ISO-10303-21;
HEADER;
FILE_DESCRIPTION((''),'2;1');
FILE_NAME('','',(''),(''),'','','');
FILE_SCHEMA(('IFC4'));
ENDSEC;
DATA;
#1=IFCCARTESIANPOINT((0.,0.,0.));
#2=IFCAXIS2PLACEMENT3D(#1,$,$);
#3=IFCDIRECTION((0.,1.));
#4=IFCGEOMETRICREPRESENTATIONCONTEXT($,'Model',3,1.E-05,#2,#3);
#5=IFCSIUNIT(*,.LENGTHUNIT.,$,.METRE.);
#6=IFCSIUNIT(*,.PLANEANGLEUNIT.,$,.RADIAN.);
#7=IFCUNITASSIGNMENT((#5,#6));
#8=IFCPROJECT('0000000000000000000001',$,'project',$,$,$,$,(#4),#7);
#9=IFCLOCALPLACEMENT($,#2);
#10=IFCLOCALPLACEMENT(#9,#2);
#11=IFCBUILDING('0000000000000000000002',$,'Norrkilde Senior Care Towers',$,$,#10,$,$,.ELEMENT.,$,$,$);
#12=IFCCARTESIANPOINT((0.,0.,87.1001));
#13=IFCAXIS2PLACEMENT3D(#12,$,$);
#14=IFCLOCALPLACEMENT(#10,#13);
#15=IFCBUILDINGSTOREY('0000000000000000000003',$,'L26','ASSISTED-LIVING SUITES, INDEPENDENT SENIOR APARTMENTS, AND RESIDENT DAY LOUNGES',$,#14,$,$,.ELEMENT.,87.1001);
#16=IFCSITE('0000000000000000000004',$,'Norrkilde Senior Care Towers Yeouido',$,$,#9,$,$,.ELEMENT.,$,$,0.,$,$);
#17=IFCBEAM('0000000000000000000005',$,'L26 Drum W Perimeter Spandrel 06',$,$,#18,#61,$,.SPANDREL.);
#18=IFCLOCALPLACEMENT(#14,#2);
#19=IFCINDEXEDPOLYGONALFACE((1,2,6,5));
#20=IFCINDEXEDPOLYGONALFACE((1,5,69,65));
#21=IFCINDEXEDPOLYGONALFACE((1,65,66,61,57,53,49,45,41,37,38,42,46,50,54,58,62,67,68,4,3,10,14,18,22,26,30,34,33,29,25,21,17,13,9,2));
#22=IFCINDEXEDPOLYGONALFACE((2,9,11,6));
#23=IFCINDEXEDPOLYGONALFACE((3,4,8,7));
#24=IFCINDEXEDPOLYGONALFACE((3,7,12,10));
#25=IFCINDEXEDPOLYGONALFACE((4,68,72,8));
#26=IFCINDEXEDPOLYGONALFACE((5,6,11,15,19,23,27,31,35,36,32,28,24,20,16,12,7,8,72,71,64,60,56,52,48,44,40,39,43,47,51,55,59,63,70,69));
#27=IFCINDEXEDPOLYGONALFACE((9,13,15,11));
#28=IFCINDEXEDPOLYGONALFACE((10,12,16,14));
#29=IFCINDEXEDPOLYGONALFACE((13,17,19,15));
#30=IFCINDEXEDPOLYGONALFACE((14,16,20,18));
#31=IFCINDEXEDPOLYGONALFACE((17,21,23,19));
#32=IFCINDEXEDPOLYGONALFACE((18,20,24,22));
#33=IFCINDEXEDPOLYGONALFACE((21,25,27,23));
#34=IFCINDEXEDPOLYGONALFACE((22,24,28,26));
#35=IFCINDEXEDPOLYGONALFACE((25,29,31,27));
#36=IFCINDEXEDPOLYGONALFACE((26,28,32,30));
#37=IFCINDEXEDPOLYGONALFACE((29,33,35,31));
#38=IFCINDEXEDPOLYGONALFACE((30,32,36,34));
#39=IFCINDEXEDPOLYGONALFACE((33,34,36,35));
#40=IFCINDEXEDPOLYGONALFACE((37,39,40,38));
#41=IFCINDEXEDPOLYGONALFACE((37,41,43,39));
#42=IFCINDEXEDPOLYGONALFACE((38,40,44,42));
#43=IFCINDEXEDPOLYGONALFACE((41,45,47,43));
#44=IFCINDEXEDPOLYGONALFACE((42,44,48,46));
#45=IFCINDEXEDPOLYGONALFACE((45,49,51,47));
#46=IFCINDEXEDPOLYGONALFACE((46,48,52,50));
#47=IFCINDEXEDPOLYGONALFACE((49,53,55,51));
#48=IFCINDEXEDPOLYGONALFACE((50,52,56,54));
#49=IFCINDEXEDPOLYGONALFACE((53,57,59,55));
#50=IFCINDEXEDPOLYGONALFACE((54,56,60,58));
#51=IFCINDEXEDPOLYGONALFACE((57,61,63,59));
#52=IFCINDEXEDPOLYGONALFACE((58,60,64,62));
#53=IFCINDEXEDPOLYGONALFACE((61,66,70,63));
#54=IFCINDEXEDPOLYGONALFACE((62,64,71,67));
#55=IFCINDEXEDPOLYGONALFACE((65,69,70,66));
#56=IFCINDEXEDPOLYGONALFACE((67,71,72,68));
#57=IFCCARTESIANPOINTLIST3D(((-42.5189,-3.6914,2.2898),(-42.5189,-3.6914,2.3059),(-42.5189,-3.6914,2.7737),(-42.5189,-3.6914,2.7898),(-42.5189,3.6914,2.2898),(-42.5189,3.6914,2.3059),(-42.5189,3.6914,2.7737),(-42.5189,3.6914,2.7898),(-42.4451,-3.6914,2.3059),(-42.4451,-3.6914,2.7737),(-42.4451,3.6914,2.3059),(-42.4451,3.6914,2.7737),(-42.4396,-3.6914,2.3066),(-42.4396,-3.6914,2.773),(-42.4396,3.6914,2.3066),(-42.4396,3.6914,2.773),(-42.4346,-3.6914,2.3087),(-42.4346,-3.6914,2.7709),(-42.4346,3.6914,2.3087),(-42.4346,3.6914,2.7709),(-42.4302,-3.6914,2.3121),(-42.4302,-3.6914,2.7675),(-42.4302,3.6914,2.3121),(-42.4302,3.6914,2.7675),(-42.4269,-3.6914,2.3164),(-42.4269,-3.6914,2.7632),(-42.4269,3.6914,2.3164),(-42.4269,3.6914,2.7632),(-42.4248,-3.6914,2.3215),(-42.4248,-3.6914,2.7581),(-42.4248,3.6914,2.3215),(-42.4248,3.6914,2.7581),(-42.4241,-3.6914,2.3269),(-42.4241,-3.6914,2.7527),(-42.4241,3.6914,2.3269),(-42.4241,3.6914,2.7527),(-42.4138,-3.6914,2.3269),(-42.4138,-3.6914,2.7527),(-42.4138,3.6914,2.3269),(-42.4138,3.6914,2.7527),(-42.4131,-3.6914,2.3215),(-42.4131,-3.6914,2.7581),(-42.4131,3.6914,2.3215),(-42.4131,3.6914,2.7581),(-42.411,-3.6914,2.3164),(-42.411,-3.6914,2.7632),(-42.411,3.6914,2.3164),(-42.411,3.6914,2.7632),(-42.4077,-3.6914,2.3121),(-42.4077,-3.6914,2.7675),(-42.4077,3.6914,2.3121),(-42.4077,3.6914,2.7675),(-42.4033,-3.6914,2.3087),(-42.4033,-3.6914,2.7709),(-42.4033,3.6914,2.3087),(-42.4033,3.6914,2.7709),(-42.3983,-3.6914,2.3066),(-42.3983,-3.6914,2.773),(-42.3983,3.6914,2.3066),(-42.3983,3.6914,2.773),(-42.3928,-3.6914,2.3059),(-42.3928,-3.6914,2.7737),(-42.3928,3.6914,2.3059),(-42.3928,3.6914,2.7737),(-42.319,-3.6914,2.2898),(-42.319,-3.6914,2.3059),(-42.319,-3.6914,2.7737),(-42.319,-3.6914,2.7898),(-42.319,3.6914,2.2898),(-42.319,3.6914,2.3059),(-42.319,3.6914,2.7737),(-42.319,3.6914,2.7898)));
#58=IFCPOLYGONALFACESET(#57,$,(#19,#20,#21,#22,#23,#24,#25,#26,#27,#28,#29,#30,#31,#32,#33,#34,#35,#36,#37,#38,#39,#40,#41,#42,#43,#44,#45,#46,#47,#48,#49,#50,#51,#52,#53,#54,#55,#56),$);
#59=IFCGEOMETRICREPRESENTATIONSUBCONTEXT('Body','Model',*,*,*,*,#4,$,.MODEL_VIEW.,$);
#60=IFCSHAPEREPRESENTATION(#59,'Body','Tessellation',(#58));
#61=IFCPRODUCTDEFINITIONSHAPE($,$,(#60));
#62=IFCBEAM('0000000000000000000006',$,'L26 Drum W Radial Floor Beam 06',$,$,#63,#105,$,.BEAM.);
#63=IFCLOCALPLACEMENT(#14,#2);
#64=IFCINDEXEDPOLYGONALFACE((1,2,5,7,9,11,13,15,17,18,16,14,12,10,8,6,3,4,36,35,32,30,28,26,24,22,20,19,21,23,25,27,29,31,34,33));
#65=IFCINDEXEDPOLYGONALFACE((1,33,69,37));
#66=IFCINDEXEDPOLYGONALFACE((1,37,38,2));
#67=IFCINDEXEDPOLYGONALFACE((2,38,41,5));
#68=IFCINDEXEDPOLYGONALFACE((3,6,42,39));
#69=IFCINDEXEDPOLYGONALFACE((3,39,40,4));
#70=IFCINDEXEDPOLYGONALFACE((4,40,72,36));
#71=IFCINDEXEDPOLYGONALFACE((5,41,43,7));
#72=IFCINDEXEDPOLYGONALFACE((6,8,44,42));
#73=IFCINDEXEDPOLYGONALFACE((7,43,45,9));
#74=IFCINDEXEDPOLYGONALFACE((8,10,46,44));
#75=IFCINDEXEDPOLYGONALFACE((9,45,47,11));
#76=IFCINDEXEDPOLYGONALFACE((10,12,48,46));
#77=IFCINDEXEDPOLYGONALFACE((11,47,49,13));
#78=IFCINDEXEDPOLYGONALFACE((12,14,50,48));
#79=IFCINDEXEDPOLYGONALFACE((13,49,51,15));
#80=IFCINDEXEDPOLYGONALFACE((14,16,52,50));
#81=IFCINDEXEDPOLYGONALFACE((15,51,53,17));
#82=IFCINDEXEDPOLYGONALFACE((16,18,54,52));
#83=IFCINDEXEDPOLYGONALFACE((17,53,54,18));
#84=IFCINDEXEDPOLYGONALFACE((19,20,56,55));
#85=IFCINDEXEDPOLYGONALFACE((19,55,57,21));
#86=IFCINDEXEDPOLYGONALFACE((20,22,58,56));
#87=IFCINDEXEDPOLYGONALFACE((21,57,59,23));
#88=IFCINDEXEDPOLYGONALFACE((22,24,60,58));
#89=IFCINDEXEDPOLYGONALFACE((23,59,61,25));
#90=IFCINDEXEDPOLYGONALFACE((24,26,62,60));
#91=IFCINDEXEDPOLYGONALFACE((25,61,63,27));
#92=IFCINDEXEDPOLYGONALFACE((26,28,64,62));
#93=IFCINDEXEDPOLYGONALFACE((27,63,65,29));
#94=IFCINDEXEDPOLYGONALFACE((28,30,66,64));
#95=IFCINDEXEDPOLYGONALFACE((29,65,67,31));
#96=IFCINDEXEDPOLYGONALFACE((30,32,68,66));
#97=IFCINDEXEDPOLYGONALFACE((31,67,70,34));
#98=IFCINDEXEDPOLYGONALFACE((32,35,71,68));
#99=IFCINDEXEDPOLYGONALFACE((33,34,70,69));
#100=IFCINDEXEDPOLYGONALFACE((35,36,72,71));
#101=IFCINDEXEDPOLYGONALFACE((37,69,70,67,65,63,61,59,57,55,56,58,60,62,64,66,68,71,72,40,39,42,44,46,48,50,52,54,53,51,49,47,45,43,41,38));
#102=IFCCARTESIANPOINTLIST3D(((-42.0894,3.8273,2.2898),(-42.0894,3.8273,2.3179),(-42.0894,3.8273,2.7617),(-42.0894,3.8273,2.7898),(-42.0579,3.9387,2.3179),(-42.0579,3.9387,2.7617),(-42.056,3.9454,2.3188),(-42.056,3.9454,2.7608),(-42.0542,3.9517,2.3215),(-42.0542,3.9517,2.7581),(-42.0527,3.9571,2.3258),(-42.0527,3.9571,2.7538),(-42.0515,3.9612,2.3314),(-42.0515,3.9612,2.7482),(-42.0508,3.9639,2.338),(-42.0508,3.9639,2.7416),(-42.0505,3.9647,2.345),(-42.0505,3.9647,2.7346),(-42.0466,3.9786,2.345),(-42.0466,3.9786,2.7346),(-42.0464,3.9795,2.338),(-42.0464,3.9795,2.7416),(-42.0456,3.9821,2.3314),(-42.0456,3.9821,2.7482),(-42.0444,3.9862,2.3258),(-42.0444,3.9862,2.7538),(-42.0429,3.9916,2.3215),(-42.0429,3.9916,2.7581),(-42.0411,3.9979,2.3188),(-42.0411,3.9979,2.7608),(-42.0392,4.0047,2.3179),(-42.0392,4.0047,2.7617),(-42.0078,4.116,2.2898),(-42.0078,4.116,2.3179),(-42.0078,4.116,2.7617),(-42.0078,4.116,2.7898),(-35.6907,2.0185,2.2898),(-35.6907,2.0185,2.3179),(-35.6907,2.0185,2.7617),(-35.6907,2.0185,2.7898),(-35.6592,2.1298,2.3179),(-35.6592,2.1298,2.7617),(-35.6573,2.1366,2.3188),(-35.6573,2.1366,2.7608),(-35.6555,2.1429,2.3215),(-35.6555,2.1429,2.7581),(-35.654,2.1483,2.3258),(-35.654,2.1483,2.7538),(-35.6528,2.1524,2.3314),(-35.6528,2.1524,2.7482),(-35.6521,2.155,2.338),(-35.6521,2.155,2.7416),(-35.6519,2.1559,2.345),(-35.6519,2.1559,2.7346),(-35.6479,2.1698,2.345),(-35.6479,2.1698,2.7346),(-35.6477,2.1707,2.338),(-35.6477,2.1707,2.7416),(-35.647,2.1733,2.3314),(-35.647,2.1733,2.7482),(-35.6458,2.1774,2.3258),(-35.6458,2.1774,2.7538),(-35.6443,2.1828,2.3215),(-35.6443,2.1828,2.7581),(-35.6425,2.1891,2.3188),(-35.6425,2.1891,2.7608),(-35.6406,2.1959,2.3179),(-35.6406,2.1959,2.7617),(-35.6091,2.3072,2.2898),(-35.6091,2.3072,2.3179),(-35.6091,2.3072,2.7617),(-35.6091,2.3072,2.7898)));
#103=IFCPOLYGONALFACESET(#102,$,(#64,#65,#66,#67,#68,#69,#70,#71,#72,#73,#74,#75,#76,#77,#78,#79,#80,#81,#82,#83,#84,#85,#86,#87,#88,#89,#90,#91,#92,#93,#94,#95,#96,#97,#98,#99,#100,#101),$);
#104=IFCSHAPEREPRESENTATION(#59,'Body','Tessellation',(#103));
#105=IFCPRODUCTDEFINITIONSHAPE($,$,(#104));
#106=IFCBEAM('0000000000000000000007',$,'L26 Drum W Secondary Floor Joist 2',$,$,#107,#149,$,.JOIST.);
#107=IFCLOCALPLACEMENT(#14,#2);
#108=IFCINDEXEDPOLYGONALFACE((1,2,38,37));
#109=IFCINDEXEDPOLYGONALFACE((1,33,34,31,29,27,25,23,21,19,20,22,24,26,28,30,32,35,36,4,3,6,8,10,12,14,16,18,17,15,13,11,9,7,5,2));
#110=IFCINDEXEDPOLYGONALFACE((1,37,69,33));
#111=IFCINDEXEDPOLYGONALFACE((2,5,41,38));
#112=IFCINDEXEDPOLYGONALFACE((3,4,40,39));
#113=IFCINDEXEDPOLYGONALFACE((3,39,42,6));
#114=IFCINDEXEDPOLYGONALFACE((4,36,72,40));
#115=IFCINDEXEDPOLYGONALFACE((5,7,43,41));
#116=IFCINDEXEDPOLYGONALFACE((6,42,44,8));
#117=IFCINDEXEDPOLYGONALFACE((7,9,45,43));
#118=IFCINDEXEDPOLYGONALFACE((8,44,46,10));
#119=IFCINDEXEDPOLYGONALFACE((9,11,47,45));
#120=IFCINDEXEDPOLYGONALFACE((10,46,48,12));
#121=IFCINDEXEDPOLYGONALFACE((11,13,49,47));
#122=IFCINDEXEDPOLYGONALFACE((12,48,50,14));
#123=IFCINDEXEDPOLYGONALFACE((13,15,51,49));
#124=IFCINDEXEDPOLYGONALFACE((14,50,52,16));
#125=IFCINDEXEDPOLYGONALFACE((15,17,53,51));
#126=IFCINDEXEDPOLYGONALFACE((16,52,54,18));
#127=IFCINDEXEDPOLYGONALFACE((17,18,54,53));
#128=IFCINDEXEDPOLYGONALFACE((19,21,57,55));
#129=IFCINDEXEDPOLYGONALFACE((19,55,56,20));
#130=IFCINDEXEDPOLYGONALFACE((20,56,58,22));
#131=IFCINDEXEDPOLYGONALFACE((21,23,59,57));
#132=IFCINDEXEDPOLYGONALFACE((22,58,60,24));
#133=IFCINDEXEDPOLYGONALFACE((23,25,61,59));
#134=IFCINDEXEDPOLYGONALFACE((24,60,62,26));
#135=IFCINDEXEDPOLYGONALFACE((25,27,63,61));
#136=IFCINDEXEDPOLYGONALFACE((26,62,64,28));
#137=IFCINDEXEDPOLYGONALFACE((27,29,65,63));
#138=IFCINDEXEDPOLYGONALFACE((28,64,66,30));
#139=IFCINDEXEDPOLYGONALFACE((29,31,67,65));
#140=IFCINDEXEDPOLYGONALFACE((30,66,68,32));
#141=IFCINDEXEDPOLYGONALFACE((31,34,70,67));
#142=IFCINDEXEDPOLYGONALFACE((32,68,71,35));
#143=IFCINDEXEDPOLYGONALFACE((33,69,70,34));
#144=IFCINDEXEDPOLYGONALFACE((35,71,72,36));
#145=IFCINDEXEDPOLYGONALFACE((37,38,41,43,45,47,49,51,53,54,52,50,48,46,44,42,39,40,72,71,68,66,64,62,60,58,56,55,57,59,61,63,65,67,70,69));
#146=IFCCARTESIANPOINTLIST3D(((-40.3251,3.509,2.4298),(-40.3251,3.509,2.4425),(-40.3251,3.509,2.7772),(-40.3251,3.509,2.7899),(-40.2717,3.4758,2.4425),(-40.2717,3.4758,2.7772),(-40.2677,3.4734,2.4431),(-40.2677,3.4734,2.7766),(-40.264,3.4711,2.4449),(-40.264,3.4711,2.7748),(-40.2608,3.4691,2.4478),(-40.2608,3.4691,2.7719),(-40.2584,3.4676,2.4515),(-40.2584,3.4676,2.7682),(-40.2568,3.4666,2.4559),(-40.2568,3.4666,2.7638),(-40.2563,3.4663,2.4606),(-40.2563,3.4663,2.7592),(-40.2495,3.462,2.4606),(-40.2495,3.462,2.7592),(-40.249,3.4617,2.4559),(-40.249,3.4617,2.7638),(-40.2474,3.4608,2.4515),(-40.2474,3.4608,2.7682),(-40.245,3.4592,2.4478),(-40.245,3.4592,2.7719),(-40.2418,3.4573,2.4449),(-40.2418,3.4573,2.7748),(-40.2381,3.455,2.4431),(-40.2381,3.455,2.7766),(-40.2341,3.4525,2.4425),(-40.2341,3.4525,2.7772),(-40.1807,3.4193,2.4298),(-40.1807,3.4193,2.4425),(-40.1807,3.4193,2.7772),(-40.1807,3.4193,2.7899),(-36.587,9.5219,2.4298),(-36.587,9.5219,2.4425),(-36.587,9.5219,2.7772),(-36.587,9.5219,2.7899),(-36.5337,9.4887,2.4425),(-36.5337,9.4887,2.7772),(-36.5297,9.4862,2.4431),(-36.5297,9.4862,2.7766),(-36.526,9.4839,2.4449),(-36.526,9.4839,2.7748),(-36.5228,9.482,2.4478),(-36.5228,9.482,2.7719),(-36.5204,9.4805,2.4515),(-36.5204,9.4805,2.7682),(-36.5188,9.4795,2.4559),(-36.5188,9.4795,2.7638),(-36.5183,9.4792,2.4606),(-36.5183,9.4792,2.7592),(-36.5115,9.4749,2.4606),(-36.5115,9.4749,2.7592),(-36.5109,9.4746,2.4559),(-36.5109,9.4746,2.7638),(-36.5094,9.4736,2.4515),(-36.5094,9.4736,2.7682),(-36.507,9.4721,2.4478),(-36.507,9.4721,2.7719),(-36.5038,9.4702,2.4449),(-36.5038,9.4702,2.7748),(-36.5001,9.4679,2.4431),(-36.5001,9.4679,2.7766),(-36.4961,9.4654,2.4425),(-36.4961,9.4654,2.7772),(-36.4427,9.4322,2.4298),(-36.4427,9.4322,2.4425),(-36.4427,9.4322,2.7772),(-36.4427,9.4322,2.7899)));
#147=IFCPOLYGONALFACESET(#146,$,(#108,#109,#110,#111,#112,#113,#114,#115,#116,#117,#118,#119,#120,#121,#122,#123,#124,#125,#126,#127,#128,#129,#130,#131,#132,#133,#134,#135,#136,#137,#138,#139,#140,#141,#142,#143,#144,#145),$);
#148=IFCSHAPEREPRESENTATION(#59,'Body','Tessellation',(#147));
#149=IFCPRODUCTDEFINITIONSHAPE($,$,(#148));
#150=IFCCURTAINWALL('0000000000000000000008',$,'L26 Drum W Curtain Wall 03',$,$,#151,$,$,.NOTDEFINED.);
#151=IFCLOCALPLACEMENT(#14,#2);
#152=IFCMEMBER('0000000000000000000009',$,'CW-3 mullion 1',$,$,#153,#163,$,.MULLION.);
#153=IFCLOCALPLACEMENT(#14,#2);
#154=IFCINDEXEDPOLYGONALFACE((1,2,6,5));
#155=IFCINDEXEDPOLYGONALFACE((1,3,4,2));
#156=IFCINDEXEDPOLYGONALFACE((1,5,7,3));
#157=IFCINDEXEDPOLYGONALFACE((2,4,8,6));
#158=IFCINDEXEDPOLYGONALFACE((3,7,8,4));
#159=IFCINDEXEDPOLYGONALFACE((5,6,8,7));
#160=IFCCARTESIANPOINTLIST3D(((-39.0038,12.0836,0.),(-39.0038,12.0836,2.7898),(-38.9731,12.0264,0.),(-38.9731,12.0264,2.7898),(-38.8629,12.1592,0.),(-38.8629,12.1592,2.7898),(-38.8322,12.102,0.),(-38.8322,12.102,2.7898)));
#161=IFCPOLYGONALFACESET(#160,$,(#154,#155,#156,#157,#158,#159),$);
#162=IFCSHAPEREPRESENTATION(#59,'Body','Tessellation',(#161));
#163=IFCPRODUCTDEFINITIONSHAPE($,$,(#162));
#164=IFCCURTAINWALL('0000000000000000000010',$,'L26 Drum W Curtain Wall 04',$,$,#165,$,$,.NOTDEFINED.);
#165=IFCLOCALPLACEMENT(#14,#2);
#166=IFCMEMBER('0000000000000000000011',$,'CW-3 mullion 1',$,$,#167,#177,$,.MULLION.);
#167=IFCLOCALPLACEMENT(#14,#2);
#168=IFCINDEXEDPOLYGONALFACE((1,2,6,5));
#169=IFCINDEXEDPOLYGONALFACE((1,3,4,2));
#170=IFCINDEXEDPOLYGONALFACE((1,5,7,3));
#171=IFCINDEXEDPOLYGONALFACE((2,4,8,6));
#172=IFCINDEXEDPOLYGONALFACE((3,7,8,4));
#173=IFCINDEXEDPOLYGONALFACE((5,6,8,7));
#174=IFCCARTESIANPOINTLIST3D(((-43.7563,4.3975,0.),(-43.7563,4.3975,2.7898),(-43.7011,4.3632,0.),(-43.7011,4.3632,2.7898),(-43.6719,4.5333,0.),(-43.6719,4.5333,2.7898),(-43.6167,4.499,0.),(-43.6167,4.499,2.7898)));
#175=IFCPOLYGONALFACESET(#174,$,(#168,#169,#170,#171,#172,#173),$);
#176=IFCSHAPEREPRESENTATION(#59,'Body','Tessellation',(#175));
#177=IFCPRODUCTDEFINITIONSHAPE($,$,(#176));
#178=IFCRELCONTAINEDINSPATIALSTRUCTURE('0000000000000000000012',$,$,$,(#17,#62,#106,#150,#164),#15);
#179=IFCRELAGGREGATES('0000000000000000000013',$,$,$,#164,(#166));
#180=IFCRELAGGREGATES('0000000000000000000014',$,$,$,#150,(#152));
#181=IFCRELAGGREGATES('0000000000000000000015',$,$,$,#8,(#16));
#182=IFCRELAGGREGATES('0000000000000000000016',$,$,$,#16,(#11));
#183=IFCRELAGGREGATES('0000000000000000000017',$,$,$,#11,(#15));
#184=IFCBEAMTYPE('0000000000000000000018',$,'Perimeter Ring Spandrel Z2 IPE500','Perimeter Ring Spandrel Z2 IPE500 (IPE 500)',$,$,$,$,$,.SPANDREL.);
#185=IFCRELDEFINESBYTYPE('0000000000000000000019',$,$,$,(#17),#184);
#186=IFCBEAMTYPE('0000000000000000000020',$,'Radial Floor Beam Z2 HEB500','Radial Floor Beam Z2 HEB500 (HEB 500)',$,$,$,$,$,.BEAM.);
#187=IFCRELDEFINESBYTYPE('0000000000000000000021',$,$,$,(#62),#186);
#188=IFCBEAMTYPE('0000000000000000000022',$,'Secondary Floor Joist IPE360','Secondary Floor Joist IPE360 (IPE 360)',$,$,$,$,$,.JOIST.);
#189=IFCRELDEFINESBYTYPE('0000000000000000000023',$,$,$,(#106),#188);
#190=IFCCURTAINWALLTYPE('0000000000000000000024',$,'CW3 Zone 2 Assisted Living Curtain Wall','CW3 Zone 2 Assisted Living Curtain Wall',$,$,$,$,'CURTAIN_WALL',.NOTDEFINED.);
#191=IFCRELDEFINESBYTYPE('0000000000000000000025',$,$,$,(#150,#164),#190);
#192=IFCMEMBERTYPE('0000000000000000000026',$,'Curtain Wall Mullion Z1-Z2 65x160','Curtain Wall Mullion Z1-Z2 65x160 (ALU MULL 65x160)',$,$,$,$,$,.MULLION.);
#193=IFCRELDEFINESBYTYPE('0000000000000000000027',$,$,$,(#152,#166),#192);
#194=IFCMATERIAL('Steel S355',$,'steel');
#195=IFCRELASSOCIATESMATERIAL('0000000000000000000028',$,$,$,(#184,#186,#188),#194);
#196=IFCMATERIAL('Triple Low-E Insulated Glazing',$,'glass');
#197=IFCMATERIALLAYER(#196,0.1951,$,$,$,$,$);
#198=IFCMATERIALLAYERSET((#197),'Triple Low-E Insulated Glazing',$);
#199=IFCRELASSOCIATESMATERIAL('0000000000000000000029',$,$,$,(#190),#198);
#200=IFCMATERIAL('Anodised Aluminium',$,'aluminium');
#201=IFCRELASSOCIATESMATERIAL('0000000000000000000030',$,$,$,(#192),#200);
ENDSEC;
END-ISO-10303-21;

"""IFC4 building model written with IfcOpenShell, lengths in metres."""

from ifc_helpers import new_model, si_unit, direction, frame, origin, origin_2d, place, context, subcontext, project, spatial, rectangle, i_section, extrude, source, transform, mapped, material, layer, layer_set, material_profile, profile_set, type_object, type_shapes, element, aggregate, save


model = new_model("IFC4")

# Units and contexts
model_context = context("Model", 3, precision=1e-05, world=origin(), true_north=direction((0.0, 1.0)))
body_context = subcontext(model_context, "Body", "Model", "MODEL_VIEW")
ifc_project = project(units=[si_unit("LENGTHUNIT", "METRE"), si_unit("PLANEANGLEUNIT", "RADIAN")], contexts=[model_context])

# Site, building, storey
site_placement = place(None, origin())
site = spatial("IfcSite", under=ifc_project, at=site_placement, Name="Norrkilde Senior Care Towers Yeouido", CompositionType="ELEMENT", RefElevation=0.0)
building_placement = place(site_placement, origin())
building = spatial("IfcBuilding", under=site, at=building_placement, Name="Norrkilde Senior Care Towers", CompositionType="ELEMENT")
storey_placement = place(building_placement, frame((0.0, 0.0, 87.1001)))
storey = spatial("IfcBuildingStorey", under=building, at=storey_placement, Name="L26", Description="ASSISTED-LIVING SUITES, INDEPENDENT SENIOR APARTMENTS, AND RESIDENT DAY LOUNGES", CompositionType="ELEMENT", Elevation=87.1001)

# Beams
ifc_material_1 = material(Name="Steel S355", Category="steel")
ifc_material_profile_1 = material_profile(ifc_material_1, i_section(OverallWidth=0.2, OverallDepth=0.5, WebThickness=0.0103, FlangeThickness=0.0161, FilletRadius=0.021, at=origin_2d()), Name="IPE 500")
ifc_profile_set_1 = profile_set([ifc_material_profile_1], Name="Steel S355")
beam_type_1 = type_object("IfcBeamType", Name="Perimeter Ring Spandrel Z2 IPE500", Description="Perimeter Ring Spandrel Z2 IPE500 (IPE 500)", PredefinedType="SPANDREL", material=ifc_profile_set_1)
shared_shape_1 = source(origin(), body_context, "Body", "SweptSolid", [
    extrude(i_section(OverallWidth=0.2, OverallDepth=0.5, WebThickness=0.0103, FlangeThickness=0.0161, FilletRadius=0.021, at=origin_2d()), origin(), (0.0, 0.0, 1.0), 7.3828),
])
beam_1_placement = place(storey_placement, frame((-42.4189, 3.6914, 2.5398), z_axis=(0.0, -1.0, 0.0), x_axis=(1.0, 0.0, 0.0)))
element("IfcBeam", 1, at=beam_1_placement, inside=storey, type_object=beam_type_1, Name="L26 Drum W Perimeter Spandrel 06", PredefinedType="SPANDREL", context=body_context, shape_type="MappedRepresentation", body=[
    mapped(shared_shape_1, transform((0.0, 0.0, 0.0), x_axis=(1.0, 0.0, 0.0), y_axis=(0.0, 1.0, 0.0), z_axis=(0.0, 0.0, 1.0), scale=1.0)),
])
ifc_material_profile_2 = material_profile(ifc_material_1, i_section(OverallWidth=0.3, OverallDepth=0.5, WebThickness=0.0144, FlangeThickness=0.0281, FilletRadius=0.0271, at=origin_2d()), Name="HEB 500")
ifc_profile_set_2 = profile_set([ifc_material_profile_2], Name="Steel S355")
beam_type_2 = type_object("IfcBeamType", Name="Radial Floor Beam Z2 HEB500", Description="Radial Floor Beam Z2 HEB500 (HEB 500)", PredefinedType="BEAM", material=ifc_profile_set_2)
shared_shape_2 = source(origin(), body_context, "Body", "SweptSolid", [
    extrude(i_section(OverallWidth=0.3, OverallDepth=0.5, WebThickness=0.0144, FlangeThickness=0.0281, FilletRadius=0.0271, at=origin_2d()), origin(), (0.0, 0.0, 1.0), 6.6494),
])
type_shapes(beam_type_2, [shared_shape_2])
beam_2_placement = place(storey_placement, frame((-35.6499, 2.1628, 2.5398), z_axis=(-0.962289, 0.272029, 0.0), x_axis=(-0.272029, -0.962289, 0.0)))
element("IfcBeam", 2, at=beam_2_placement, inside=storey, type_object=beam_type_2, Name="L26 Drum W Radial Floor Beam 06", PredefinedType="BEAM", context=body_context, shape_type="MappedRepresentation", body=[
    mapped(shared_shape_2, transform((0.0, 0.0, 0.0), x_axis=(1.0, 0.0, 0.0), y_axis=(0.0, 1.0, 0.0), z_axis=(0.0, 0.0, 1.0), scale=1.0)),
])
ifc_material_profile_3 = material_profile(ifc_material_1, i_section(OverallWidth=0.1699, OverallDepth=0.3601, WebThickness=0.0081, FlangeThickness=0.0127, FilletRadius=0.0181, at=origin_2d()), Name="IPE 360")
ifc_profile_set_3 = profile_set([ifc_material_profile_3], Name="Steel S355")
beam_type_3 = type_object("IfcBeamType", Name="Secondary Floor Joist IPE360", Description="Secondary Floor Joist IPE360 (IPE 360)", PredefinedType="JOIST", material=ifc_profile_set_3)
shared_shape_3 = source(origin(), body_context, "Body", "SweptSolid", [
    extrude(i_section(OverallWidth=0.1699, OverallDepth=0.3601, WebThickness=0.0081, FlangeThickness=0.0127, FilletRadius=0.0181, at=origin_2d()), origin(), (0.0, 0.0, 1.0), 7.0801),
])
type_shapes(beam_type_3, [shared_shape_3])
beam_3_placement = place(storey_placement, frame((-36.5149, 9.4771, 2.6099), z_axis=(-0.527961, -0.849269, 0.0), x_axis=(0.849269, -0.527961, 0.0)))
element("IfcBeam", 3, at=beam_3_placement, inside=storey, type_object=beam_type_3, Name="L26 Drum W Secondary Floor Joist 2", PredefinedType="JOIST", context=body_context, shape_type="MappedRepresentation", body=[
    mapped(shared_shape_3, transform((0.0, 0.0, 0.0), x_axis=(1.0, 0.0, 0.0), y_axis=(0.0, 1.0, 0.0), z_axis=(0.0, 0.0, 1.0), scale=1.0)),
])

# Curtain wall, member
ifc_material_2 = material(Name="Triple Low-E Insulated Glazing", Category="glass")
ifc_layer_1 = layer(ifc_material_2, 0.1951)
ifc_layer_set_1 = layer_set([ifc_layer_1], Name="Triple Low-E Insulated Glazing")
curtain_wall_type = type_object("IfcCurtainWallType", Name="CW3 Zone 2 Assisted Living Curtain Wall", Description="CW3 Zone 2 Assisted Living Curtain Wall", ElementType="CURTAIN_WALL", PredefinedType="NOTDEFINED", material=ifc_layer_set_1)
curtain_wall_1_placement = place(storey_placement, origin())
curtain_wall_1 = element("IfcCurtainWall", 4, at=curtain_wall_1_placement, inside=storey, type_object=curtain_wall_type, Name="L26 Drum W Curtain Wall 03", PredefinedType="NOTDEFINED")
ifc_material_3 = material(Name="Anodised Aluminium", Category="aluminium")
ifc_material_profile_4 = material_profile(ifc_material_3, rectangle(XDim=0.0649, YDim=0.1599, at=origin_2d()), Name="ALU MULL 65x160")
ifc_profile_set_4 = profile_set([ifc_material_profile_4], Name="Anodised Aluminium")
member_type_1 = type_object("IfcMemberType", Name="Curtain Wall Mullion Z1-Z2 65x160", Description="Curtain Wall Mullion Z1-Z2 65x160 (ALU MULL 65x160)", PredefinedType="MULLION", material=ifc_profile_set_4)
shared_shape_4 = source(origin(), body_context, "Body", "SweptSolid", [
    extrude(rectangle(XDim=0.0649, YDim=0.1599, at=origin_2d()), origin(), (0.0, 0.0, 1.0), 2.7898),
])
type_shapes(member_type_1, [shared_shape_4])
member_1_placement = place(storey_placement, frame((-38.918, 12.0928, 0.0), z_axis=(0.0, 0.0, 1.0), x_axis=(-0.472769, 0.881186, 0.0)))
member_1 = element("IfcMember", 5, at=member_1_placement, type_object=member_type_1, Name="CW-3 mullion 1", PredefinedType="MULLION", context=body_context, shape_type="MappedRepresentation", body=[
    mapped(shared_shape_4, transform((0.0, 0.0, 0.0), x_axis=(1.0, 0.0, 0.0), y_axis=(0.0, 1.0, 0.0), z_axis=(0.0, 0.0, 1.0), scale=1.0)),
])

# Curtain wall, member
curtain_wall_2_placement = place(storey_placement, origin())
curtain_wall_2 = element("IfcCurtainWall", 6, at=curtain_wall_2_placement, inside=storey, type_object=curtain_wall_type, Name="L26 Drum W Curtain Wall 04", PredefinedType="NOTDEFINED")
member_2_placement = place(storey_placement, frame((-43.6865, 4.4482, 0.0), z_axis=(0.0, 0.0, 1.0), x_axis=(-0.84941, 0.527733, 0.0)))
member_2 = element("IfcMember", 7, at=member_2_placement, type_object=member_type_1, Name="CW-3 mullion 1", PredefinedType="MULLION", context=body_context, shape_type="MappedRepresentation", body=[
    mapped(shared_shape_4, transform((0.0, 0.0, 0.0), x_axis=(1.0, 0.0, 0.0), y_axis=(0.0, 1.0, 0.0), z_axis=(0.0, 0.0, 1.0), scale=1.0)),
])

aggregate(curtain_wall_2, [member_2])
aggregate(curtain_wall_1, [member_1])

save(model, "model.ifc")
